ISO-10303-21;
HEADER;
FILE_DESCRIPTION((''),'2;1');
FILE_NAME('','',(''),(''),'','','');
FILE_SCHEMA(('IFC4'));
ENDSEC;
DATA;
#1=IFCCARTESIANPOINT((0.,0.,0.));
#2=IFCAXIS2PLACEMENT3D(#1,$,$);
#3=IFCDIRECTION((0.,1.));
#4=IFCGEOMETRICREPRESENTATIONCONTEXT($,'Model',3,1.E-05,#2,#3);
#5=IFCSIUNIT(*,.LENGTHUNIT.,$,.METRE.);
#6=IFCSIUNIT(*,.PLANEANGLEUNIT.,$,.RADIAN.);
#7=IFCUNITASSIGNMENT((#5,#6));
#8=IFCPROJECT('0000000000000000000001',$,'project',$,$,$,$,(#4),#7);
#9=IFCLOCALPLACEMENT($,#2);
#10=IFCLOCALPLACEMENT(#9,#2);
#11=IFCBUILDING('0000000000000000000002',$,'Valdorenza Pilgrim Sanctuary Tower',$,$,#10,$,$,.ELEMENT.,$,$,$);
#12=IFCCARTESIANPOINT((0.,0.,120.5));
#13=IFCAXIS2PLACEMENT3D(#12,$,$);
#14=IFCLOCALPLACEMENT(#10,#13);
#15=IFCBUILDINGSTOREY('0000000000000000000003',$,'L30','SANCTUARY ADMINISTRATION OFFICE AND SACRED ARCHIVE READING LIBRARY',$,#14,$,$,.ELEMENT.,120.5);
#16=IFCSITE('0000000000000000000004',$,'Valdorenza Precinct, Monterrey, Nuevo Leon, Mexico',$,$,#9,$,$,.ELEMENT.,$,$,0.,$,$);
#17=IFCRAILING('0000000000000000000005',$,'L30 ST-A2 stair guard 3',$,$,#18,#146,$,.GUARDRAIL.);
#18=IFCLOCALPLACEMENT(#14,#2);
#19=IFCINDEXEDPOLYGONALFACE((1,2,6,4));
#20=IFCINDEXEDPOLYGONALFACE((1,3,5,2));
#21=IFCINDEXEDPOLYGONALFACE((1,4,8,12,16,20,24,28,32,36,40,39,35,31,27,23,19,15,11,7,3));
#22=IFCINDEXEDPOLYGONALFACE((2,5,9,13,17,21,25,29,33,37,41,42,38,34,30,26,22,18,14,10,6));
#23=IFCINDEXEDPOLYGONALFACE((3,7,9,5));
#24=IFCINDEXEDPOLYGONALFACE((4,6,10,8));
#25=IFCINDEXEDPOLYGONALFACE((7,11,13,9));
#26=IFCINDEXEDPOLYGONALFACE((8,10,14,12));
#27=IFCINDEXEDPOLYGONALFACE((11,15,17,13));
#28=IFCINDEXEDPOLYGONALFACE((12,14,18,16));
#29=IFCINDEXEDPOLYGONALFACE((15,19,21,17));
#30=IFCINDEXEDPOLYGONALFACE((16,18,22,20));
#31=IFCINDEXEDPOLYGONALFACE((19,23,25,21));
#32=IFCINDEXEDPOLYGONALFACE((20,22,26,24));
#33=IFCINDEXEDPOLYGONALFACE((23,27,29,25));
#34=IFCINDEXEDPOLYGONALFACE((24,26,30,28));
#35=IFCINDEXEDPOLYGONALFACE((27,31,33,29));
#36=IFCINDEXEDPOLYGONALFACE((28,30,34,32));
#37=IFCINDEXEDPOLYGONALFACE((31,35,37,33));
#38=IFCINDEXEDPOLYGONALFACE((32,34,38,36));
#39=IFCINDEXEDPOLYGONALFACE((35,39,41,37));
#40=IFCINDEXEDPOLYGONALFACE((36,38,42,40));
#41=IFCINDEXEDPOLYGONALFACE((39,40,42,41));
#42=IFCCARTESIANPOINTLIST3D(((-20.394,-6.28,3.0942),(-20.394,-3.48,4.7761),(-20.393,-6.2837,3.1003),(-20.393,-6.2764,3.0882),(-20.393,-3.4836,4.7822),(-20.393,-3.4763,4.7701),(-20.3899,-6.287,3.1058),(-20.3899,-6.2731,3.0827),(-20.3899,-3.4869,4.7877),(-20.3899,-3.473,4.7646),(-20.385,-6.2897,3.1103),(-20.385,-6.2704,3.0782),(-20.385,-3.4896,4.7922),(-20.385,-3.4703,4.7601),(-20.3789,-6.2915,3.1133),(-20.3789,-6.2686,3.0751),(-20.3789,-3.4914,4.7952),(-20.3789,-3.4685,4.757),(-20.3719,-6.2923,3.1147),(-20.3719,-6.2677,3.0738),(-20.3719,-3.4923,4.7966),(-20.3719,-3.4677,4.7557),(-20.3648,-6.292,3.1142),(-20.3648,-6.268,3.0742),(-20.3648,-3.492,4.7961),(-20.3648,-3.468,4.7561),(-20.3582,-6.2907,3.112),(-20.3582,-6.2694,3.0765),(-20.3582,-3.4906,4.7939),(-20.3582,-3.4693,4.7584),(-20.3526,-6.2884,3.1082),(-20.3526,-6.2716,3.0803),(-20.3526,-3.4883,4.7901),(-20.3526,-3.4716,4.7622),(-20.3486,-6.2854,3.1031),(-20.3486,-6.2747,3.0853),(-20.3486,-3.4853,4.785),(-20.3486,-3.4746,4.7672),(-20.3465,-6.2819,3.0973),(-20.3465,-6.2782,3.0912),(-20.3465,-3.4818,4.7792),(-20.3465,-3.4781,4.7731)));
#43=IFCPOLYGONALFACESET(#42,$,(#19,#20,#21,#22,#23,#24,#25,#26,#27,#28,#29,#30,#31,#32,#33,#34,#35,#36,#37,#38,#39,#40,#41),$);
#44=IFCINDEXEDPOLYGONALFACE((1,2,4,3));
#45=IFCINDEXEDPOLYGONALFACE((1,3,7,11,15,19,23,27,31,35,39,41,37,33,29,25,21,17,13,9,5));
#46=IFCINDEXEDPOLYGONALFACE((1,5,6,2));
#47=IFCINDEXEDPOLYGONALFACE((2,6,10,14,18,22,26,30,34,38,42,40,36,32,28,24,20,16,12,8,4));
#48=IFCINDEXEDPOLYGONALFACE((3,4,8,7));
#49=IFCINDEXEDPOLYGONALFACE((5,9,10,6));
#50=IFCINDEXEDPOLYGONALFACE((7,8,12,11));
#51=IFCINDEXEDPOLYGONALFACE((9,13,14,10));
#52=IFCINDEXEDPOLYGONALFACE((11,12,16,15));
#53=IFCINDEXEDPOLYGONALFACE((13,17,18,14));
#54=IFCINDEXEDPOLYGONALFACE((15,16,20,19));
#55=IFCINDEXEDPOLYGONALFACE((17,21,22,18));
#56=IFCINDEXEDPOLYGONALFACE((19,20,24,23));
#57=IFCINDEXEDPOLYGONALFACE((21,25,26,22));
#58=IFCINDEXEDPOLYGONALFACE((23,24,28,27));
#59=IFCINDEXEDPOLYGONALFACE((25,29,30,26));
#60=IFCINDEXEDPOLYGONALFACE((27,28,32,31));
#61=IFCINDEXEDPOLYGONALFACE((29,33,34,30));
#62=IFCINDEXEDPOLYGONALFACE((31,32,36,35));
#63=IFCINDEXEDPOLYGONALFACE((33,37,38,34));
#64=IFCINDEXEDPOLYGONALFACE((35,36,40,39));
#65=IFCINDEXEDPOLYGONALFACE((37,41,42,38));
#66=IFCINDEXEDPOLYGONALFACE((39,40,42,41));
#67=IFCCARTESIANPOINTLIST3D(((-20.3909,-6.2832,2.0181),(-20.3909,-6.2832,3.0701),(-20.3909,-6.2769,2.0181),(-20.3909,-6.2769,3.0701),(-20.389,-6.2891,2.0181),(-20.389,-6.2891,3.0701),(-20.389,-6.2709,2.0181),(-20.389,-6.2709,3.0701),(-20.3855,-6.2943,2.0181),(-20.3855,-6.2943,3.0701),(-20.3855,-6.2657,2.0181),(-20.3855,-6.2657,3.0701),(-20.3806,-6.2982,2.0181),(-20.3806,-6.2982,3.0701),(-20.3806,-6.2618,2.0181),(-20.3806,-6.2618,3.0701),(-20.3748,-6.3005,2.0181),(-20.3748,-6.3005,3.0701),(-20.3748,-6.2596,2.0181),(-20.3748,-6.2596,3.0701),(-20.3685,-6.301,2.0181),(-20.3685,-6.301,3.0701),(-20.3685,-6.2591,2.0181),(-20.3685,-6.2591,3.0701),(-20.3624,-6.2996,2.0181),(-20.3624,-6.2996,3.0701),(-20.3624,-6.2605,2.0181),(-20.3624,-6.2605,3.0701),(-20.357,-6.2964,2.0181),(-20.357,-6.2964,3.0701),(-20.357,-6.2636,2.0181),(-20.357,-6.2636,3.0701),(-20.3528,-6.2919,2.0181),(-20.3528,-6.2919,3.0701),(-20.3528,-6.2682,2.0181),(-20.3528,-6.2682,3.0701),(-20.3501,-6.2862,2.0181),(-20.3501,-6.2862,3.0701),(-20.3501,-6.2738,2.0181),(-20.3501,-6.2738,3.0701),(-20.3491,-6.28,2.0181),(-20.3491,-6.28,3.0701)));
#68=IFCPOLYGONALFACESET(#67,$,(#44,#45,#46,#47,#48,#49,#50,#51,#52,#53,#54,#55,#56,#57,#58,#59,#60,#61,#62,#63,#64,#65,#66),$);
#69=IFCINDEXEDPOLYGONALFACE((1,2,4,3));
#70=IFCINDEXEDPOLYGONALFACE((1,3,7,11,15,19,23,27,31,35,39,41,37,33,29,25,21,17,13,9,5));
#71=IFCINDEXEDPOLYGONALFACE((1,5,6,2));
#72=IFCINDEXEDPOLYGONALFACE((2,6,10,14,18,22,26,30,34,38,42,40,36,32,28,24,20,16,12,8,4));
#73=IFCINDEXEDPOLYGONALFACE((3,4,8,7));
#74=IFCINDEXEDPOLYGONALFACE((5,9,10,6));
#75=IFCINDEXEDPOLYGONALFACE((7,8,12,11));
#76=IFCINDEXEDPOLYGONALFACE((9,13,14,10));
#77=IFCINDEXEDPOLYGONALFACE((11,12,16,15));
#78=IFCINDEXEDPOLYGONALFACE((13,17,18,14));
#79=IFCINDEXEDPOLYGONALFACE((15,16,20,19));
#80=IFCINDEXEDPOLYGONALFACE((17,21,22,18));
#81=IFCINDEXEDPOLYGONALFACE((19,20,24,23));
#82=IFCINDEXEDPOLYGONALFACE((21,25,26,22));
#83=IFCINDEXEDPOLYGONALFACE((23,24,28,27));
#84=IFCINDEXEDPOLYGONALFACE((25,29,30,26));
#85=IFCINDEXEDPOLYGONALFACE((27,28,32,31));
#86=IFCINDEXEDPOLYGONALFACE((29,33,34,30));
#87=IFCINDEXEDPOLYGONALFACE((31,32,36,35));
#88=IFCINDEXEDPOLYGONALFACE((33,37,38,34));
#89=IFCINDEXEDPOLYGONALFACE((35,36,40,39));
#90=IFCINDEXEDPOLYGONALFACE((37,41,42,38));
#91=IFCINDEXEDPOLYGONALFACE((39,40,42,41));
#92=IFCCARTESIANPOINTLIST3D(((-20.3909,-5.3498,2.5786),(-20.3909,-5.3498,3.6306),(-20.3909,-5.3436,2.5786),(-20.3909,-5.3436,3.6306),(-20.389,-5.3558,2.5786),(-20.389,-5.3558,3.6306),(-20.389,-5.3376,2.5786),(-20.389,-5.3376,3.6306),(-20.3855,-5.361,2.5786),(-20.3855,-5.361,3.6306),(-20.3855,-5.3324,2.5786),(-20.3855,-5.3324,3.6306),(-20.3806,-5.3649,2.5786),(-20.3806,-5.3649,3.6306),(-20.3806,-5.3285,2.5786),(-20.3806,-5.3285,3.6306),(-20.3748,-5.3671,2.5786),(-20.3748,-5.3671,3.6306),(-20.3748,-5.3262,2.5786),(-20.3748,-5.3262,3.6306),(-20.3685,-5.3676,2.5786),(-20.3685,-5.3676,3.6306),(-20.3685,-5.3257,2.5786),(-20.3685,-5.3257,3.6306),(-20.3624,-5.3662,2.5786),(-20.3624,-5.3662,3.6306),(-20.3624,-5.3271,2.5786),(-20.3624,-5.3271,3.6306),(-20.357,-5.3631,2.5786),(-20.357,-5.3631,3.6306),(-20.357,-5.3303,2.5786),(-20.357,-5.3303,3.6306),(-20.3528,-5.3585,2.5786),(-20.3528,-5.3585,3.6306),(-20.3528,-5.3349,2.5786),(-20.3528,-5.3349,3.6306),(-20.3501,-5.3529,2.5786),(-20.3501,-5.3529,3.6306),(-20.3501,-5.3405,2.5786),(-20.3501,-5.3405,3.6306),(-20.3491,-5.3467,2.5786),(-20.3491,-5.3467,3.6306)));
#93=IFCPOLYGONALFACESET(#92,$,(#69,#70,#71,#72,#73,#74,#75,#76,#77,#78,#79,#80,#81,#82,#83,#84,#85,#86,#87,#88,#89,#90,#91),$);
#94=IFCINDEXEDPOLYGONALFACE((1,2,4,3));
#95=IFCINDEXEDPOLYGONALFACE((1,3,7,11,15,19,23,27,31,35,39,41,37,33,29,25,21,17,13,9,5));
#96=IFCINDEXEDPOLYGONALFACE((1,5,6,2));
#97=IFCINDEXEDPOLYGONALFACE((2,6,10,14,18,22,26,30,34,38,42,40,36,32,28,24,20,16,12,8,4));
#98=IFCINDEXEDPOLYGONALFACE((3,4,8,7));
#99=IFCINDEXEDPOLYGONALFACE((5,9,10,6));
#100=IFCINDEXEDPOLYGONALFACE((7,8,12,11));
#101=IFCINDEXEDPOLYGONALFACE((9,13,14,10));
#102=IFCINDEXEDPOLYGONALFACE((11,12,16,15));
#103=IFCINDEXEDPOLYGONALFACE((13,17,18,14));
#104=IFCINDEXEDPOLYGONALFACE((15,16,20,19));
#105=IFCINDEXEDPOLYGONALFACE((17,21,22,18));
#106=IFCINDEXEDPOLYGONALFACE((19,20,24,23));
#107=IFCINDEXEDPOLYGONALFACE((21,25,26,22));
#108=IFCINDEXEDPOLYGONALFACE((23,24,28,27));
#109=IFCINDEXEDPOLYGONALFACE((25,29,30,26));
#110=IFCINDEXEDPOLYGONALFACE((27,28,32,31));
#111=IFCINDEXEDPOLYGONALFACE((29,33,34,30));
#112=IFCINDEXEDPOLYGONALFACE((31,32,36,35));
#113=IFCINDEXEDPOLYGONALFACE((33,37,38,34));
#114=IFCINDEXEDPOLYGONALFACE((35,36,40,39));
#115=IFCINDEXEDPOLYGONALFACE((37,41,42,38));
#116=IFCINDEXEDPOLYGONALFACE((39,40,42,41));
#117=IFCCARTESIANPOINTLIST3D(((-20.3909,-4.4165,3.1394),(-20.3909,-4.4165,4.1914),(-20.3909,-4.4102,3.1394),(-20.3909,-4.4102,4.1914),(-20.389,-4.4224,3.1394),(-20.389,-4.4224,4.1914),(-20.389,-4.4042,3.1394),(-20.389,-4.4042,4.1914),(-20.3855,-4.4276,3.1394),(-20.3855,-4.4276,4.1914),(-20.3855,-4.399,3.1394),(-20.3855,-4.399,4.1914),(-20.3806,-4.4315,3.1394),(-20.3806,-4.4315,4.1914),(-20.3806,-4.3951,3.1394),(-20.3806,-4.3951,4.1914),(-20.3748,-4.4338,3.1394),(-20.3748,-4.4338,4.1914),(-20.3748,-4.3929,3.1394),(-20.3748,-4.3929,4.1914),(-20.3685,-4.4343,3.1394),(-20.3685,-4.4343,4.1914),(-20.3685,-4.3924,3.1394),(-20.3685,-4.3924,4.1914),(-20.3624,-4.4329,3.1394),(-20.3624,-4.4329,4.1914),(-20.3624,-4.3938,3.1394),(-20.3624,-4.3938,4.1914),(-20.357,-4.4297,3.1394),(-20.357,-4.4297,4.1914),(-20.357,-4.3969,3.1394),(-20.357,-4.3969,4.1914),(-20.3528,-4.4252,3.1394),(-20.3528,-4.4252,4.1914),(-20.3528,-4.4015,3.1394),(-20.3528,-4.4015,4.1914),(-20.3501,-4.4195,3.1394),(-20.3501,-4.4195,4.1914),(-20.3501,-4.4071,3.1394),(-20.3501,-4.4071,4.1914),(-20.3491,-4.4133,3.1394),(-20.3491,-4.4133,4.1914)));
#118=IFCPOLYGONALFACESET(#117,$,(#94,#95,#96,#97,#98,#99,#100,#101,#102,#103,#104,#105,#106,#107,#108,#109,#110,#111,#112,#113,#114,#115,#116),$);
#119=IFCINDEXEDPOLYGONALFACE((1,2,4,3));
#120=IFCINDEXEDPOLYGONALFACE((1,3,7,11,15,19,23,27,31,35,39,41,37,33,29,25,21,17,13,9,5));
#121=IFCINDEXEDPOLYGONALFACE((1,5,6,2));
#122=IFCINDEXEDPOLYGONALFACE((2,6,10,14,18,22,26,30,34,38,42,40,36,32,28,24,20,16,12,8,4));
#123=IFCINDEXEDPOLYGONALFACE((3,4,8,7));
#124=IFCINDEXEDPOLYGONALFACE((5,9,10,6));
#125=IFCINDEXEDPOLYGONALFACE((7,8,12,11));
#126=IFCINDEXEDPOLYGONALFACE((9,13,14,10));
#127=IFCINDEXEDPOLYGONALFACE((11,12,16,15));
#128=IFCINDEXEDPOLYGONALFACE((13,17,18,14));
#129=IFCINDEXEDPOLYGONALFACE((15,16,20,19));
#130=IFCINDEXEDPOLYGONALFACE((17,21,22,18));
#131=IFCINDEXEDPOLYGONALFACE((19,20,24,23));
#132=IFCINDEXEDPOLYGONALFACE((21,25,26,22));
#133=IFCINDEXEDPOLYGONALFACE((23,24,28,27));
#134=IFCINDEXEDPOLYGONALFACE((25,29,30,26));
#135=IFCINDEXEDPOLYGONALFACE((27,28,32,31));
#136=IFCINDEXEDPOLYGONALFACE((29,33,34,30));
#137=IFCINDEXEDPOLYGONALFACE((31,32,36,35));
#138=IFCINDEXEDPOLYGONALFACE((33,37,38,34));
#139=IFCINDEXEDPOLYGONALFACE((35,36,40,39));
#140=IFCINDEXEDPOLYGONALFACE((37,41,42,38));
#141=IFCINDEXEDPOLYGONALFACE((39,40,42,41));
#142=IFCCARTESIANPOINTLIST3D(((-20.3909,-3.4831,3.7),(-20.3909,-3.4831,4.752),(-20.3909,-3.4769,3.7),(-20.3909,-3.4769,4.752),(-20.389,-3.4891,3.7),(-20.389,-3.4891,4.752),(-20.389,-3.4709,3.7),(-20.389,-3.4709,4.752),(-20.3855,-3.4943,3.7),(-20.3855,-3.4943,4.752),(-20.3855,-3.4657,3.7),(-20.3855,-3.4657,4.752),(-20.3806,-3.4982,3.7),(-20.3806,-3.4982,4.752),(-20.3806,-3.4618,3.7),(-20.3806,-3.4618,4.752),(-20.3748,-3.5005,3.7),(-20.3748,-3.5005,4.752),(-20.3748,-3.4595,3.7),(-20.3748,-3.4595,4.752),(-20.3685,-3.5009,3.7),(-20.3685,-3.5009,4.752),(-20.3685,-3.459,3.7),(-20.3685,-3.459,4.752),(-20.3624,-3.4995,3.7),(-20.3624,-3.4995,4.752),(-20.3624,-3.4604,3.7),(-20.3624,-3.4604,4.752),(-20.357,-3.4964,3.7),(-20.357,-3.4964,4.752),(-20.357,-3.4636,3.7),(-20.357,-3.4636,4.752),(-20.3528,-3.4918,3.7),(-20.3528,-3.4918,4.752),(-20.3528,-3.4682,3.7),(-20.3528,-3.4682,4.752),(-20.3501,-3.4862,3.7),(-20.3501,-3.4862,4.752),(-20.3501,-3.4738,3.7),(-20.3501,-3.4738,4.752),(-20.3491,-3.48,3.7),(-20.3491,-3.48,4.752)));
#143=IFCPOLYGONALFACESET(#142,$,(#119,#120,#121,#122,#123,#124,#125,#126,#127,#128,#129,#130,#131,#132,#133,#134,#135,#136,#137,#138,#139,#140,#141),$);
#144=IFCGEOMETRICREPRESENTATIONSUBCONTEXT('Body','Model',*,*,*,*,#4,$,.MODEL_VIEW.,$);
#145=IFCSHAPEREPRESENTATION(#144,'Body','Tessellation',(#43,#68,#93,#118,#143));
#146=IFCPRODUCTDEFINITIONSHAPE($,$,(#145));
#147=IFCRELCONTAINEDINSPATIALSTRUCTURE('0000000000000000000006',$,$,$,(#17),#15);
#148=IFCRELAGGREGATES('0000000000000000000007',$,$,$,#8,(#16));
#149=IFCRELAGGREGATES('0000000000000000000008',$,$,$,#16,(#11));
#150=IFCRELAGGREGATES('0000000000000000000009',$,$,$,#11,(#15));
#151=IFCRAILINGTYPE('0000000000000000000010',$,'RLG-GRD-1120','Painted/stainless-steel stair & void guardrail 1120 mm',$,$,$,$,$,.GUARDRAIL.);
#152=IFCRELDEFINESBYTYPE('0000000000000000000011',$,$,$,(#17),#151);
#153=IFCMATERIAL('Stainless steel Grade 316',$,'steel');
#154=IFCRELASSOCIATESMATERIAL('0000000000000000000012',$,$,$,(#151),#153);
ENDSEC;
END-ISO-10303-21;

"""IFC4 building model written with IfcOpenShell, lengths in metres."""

from ifc_helpers import new_model, si_unit, direction, frame, origin, origin_2d, place, context, subcontext, project, spatial, circle, extrude, material, type_object, element, save


model = new_model("IFC4")

# Units and contexts
model_context = context("Model", 3, precision=1e-05, world=origin(), true_north=direction((0.0, 1.0)))
body_context = subcontext(model_context, "Body", "Model", "MODEL_VIEW")
ifc_project = project(units=[si_unit("LENGTHUNIT", "METRE"), si_unit("PLANEANGLEUNIT", "RADIAN")], contexts=[model_context])

# Site, building, storey
site_placement = place(None, origin())
site = spatial("IfcSite", under=ifc_project, at=site_placement, Name="Valdorenza Precinct, Monterrey, Nuevo Leon, Mexico", CompositionType="ELEMENT", RefElevation=0.0)
building_placement = place(site_placement, origin())
building = spatial("IfcBuilding", under=site, at=building_placement, Name="Valdorenza Pilgrim Sanctuary Tower", CompositionType="ELEMENT")
storey_placement = place(building_placement, frame((0.0, 0.0, 120.5)))
storey = spatial("IfcBuildingStorey", under=building, at=storey_placement, Name="L30", Description="SANCTUARY ADMINISTRATION OFFICE AND SACRED ARCHIVE READING LIBRARY", CompositionType="ELEMENT", Elevation=120.5)

# Railing
ifc_material_1 = material(Name="Stainless steel Grade 316", Category="steel")
railing_type_1 = type_object("IfcRailingType", Name="RLG-GRD-1120", Description="Painted/stainless-steel stair & void guardrail 1120 mm", PredefinedType="GUARDRAIL", material=ifc_material_1)
railing_1_placement = place(storey_placement, frame((-20.3701, -6.28, 2.0181)))
element("IfcRailing", 1, at=railing_1_placement, inside=storey, type_object=railing_type_1, Name="L30 ST-A2 stair guard 3", PredefinedType="GUARDRAIL", context=body_context, shape_type="SweptSolid", body=[
    extrude(circle(Radius=0.0239, at=origin_2d()), frame((0.0, 0.0, 1.0762), z_axis=(0.0, 0.857242, 0.514913), x_axis=(-1.0, 0.0, 0.0)), (0.0, 0.0, 1.0), 3.2664),
    extrude(circle(Radius=0.021, at=origin_2d()), origin(), (0.0, 0.0, 1.0), 1.052),
    extrude(circle(Radius=0.021, at=origin_2d()), frame((0.0, 0.9333, 0.5605)), (0.0, 0.0, 1.0), 1.052),
    extrude(circle(Radius=0.021, at=origin_2d()), frame((0.0, 1.8667, 1.1213)), (0.0, 0.0, 1.0), 1.052),
    extrude(circle(Radius=0.021, at=origin_2d()), frame((0.0, 2.8, 1.6819)), (0.0, 0.0, 1.0), 1.052),
])

save(model, "model.ifc")
